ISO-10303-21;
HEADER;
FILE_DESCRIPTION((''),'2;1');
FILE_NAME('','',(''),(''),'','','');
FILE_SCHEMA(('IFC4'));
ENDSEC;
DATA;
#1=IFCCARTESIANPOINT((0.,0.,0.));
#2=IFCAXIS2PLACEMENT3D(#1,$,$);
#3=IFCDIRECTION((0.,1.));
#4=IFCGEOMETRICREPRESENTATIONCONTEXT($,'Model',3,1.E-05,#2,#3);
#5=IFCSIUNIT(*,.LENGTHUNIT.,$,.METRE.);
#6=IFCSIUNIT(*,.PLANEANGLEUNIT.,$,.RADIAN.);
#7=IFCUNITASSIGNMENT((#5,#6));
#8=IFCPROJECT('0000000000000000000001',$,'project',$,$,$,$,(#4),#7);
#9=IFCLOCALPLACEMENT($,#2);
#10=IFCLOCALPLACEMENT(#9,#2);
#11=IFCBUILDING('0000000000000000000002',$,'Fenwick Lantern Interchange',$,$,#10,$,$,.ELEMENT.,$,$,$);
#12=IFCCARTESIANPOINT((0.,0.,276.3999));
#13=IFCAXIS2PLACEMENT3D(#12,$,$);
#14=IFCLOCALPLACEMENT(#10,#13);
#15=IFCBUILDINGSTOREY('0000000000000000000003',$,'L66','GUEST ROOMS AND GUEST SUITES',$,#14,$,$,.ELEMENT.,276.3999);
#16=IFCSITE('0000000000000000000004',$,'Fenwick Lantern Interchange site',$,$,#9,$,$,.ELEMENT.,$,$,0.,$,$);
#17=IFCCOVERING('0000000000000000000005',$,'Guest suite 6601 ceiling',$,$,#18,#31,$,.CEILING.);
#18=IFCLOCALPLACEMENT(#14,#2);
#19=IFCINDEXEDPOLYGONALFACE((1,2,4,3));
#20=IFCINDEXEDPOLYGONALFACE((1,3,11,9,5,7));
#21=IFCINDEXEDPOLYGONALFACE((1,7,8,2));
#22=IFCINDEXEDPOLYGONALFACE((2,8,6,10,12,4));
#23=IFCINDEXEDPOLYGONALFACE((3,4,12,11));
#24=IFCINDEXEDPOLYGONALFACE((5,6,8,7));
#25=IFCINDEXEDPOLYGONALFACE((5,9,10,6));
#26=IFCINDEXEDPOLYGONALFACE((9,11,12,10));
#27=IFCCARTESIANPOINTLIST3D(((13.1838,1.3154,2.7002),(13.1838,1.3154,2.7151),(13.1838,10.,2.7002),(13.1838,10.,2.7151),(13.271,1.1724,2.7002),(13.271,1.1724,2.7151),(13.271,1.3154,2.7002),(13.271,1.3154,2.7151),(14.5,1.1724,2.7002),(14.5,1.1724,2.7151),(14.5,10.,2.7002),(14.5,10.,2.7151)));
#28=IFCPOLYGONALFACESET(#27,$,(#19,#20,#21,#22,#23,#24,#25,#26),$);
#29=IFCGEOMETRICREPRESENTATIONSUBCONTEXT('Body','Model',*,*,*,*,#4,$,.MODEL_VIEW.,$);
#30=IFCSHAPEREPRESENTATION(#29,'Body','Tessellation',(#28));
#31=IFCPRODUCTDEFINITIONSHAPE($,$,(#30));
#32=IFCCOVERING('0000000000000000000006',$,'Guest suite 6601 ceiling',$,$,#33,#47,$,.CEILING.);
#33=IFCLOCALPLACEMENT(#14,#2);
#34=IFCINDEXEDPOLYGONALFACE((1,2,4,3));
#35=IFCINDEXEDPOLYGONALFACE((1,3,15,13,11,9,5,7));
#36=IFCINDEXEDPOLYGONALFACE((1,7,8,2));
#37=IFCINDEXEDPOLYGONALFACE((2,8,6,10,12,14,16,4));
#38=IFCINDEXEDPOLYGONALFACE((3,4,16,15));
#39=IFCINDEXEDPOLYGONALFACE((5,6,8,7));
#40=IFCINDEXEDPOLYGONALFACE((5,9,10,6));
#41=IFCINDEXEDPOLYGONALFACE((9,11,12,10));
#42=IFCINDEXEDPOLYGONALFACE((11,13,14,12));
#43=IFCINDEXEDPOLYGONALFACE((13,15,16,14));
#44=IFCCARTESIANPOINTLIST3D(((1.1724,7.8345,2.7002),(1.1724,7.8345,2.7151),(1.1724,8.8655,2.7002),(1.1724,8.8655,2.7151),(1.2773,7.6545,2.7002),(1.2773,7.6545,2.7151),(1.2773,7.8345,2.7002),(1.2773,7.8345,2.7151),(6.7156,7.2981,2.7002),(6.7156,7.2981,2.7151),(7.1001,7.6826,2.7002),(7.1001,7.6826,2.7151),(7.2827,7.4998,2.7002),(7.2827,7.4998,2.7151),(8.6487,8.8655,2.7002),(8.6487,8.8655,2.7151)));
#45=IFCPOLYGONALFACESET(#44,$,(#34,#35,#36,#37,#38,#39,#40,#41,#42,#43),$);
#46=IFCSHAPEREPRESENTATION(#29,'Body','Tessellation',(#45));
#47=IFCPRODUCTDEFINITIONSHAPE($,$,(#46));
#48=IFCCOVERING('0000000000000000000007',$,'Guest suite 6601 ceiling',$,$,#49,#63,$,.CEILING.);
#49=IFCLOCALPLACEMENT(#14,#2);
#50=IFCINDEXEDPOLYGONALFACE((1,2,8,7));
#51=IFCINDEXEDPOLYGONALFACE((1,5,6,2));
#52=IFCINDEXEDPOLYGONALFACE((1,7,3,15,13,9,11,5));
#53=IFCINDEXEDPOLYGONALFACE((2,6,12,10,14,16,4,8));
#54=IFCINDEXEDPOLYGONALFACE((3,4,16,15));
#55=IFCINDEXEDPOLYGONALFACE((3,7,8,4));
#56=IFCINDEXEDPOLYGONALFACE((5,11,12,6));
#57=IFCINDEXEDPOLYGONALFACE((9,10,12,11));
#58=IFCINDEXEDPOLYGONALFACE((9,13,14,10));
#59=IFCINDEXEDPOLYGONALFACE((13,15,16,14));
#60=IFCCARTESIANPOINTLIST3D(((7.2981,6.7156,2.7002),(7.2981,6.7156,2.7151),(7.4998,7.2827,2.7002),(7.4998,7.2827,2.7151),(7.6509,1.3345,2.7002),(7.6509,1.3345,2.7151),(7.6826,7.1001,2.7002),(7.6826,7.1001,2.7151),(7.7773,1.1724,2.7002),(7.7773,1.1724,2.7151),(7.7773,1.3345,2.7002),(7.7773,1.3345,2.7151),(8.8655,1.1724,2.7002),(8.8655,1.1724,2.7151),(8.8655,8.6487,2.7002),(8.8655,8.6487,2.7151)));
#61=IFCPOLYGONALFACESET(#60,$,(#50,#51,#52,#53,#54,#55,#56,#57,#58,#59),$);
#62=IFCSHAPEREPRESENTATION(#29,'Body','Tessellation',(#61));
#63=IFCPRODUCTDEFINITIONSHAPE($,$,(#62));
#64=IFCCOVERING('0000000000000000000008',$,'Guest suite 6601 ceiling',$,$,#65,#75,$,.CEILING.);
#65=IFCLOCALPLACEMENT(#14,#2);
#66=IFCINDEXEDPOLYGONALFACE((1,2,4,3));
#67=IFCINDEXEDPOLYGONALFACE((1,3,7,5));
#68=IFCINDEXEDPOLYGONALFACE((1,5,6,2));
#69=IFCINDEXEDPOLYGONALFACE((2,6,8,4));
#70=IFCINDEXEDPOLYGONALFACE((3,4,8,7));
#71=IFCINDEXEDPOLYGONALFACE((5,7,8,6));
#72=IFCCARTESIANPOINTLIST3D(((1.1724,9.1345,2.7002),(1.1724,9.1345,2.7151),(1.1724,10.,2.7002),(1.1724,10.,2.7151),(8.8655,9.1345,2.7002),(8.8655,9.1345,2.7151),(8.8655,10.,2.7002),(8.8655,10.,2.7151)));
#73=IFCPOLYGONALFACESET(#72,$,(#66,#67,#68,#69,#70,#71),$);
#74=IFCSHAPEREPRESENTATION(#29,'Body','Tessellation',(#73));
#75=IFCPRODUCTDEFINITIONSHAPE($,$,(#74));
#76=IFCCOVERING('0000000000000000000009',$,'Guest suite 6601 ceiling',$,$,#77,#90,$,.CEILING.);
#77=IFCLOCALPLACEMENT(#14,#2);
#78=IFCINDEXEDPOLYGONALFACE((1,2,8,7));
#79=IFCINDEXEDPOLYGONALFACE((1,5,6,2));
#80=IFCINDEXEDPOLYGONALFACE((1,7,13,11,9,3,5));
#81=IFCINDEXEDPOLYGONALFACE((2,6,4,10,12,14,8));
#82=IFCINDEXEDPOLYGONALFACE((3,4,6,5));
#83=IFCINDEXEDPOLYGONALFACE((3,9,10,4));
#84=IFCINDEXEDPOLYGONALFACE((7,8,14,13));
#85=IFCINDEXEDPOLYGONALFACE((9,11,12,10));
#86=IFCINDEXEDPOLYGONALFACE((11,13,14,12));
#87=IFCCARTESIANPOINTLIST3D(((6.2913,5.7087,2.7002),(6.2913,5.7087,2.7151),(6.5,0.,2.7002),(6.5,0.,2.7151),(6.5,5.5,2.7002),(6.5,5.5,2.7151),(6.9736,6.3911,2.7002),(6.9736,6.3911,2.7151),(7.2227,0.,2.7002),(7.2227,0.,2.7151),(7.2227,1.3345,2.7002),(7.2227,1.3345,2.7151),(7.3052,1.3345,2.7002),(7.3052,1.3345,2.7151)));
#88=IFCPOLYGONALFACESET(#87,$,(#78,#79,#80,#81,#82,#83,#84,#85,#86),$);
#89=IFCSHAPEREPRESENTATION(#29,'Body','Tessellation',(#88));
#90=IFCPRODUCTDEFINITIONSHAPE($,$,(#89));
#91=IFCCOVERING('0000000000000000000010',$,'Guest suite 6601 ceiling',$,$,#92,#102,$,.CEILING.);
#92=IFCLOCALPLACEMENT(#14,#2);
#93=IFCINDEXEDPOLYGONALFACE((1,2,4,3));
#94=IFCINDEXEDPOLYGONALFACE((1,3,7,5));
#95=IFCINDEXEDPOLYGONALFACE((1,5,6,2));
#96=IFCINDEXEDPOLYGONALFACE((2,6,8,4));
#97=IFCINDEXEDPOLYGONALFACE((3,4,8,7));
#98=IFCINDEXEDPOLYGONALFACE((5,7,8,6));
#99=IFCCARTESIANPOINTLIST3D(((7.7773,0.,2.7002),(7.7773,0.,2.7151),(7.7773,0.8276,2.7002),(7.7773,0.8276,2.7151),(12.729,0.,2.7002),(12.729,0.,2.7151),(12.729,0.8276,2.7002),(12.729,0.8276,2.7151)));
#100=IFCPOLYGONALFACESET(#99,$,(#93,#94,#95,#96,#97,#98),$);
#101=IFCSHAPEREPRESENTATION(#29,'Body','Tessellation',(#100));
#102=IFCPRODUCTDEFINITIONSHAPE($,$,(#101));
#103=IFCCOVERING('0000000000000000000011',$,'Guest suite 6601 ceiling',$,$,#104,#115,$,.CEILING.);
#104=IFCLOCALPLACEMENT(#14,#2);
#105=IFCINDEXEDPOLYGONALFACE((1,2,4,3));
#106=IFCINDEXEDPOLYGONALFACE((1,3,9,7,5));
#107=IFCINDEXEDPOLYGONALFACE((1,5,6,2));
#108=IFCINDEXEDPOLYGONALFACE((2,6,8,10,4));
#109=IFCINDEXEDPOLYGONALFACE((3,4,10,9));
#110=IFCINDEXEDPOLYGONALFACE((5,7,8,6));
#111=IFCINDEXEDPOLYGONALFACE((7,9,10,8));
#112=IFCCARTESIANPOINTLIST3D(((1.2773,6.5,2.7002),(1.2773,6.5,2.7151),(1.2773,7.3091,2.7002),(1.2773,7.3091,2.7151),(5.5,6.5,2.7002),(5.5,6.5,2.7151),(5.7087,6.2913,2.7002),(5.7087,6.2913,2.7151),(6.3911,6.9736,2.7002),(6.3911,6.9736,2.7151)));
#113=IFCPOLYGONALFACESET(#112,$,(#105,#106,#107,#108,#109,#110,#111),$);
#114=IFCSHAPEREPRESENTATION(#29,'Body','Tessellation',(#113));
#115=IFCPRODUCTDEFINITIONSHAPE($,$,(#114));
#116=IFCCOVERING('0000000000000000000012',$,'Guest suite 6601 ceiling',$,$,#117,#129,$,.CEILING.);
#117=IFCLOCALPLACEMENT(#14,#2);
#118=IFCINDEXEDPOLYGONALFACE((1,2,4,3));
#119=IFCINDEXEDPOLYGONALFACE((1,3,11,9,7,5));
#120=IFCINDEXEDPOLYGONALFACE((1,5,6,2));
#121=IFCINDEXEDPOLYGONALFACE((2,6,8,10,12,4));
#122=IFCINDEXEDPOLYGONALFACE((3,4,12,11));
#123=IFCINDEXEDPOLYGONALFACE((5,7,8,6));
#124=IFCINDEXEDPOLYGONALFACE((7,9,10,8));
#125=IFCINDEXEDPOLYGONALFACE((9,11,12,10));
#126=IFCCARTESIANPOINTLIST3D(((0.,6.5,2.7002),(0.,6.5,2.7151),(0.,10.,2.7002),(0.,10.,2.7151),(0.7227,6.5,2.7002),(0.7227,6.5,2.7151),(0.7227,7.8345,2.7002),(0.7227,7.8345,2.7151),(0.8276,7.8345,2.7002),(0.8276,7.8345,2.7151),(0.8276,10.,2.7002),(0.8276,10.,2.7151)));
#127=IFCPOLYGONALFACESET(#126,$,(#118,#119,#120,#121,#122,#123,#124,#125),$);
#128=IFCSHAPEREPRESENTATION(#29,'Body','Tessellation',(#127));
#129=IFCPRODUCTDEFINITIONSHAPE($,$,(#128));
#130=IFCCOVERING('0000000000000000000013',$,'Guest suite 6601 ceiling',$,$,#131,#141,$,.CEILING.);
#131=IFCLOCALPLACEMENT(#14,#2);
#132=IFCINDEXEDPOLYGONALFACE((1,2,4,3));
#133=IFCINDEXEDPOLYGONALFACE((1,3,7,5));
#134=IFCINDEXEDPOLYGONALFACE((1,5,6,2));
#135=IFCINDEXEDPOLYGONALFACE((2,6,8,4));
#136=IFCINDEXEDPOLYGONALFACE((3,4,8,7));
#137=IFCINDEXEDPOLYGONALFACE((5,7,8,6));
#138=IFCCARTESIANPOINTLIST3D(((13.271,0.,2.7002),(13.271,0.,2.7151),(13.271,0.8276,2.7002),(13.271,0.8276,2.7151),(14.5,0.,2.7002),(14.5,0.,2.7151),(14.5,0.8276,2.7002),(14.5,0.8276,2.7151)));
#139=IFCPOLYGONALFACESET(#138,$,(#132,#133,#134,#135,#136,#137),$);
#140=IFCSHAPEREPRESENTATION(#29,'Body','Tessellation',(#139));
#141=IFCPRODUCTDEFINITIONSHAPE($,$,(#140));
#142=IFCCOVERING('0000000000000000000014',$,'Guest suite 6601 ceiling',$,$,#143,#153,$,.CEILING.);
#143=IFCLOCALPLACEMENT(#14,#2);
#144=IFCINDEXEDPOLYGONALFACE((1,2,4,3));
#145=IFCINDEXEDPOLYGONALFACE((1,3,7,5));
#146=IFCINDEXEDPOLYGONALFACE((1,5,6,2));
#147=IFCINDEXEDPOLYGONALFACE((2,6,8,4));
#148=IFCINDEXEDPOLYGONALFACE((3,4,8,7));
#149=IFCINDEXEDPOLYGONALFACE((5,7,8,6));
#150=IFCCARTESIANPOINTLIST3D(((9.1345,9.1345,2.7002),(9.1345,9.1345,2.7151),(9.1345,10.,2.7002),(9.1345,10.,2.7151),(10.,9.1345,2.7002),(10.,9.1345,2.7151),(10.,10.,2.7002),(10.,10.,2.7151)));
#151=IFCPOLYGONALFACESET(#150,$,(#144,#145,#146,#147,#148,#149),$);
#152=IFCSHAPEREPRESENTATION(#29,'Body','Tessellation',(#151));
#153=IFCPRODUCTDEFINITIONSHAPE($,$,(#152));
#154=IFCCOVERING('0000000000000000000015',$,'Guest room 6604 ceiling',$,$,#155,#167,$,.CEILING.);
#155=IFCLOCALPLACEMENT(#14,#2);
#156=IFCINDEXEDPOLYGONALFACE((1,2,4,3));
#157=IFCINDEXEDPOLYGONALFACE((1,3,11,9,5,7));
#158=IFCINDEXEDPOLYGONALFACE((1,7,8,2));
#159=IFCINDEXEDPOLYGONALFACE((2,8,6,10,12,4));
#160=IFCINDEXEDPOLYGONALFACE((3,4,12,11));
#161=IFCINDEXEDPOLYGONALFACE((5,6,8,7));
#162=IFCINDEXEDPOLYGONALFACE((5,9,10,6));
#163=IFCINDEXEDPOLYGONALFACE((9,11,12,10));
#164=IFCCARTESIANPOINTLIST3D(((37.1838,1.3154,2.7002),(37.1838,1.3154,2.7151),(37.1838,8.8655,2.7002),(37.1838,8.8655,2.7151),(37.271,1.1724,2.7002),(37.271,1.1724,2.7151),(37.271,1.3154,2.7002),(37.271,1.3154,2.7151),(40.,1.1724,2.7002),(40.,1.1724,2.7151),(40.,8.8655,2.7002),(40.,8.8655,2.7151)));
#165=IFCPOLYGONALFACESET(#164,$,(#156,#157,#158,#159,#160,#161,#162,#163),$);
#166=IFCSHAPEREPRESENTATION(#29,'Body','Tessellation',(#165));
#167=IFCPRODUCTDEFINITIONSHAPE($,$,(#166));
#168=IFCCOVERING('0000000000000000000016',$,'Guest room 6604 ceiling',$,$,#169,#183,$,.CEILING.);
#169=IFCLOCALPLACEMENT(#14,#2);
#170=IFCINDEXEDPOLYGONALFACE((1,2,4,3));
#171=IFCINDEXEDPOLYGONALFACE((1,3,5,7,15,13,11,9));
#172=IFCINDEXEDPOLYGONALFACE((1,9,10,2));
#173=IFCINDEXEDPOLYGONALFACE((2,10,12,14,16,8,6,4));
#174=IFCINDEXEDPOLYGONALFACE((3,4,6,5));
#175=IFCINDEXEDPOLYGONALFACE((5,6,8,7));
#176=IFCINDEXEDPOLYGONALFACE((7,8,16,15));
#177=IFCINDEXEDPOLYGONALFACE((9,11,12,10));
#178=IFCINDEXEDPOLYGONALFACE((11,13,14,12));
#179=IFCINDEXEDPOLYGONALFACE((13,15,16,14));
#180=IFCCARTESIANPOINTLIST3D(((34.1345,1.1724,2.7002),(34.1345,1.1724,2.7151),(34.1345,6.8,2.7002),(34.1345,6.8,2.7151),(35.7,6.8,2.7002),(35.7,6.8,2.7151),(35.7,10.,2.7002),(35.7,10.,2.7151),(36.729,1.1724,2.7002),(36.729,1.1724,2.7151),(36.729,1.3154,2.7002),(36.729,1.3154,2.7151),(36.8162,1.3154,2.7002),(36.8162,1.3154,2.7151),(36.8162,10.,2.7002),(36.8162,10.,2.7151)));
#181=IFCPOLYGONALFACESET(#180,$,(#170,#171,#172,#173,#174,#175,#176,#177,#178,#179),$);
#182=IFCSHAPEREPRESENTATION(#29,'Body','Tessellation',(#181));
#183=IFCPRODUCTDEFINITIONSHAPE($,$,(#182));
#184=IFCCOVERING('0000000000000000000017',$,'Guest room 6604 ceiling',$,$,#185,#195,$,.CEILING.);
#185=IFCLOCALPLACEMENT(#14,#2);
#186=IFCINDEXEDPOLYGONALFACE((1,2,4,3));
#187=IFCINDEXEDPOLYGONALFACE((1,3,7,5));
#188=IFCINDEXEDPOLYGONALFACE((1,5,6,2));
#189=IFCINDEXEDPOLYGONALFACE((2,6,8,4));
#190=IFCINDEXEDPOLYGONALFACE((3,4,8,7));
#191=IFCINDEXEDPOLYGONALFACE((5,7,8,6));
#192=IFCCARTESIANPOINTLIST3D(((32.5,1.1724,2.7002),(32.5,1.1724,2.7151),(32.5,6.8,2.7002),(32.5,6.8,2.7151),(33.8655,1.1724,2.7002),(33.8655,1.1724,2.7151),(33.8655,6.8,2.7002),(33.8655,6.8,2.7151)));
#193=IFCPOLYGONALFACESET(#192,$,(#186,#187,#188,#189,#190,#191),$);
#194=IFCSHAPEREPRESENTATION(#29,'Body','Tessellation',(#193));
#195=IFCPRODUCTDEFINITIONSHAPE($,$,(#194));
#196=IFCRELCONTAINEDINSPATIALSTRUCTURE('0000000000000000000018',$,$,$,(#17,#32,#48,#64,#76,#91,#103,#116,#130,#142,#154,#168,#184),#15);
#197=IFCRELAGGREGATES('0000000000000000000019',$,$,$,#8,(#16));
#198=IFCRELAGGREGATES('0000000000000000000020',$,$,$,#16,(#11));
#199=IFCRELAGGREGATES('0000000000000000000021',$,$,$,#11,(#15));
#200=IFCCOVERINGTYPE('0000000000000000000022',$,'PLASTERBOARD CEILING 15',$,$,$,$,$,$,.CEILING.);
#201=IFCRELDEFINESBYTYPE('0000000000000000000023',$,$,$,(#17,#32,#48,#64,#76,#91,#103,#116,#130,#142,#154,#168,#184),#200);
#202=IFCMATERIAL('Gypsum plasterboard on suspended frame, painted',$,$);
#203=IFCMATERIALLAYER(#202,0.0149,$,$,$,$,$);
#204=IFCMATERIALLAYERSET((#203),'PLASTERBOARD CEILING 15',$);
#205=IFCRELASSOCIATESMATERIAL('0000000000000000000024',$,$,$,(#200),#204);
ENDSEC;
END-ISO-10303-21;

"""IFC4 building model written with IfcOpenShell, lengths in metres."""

from ifc_helpers import new_model, si_unit, direction, frame, origin, place, context, subcontext, project, spatial, polyline, outline, extrude, material, layer, layer_set, type_object, element, save


model = new_model("IFC4")

# Units and contexts
model_context = context("Model", 3, precision=1e-05, world=origin(), true_north=direction((0.0, 1.0)))
body_context = subcontext(model_context, "Body", "Model", "MODEL_VIEW")
ifc_project = project(units=[si_unit("LENGTHUNIT", "METRE"), si_unit("PLANEANGLEUNIT", "RADIAN")], contexts=[model_context])

# Site, building, storey
site_placement = place(None, origin())
site = spatial("IfcSite", under=ifc_project, at=site_placement, Name="Fenwick Lantern Interchange site", CompositionType="ELEMENT", RefElevation=0.0)
building_placement = place(site_placement, origin())
building = spatial("IfcBuilding", under=site, at=building_placement, Name="Fenwick Lantern Interchange", CompositionType="ELEMENT")
storey_placement = place(building_placement, frame((0.0, 0.0, 276.3999)))
storey = spatial("IfcBuildingStorey", under=building, at=storey_placement, Name="L66", Description="GUEST ROOMS AND GUEST SUITES", CompositionType="ELEMENT", Elevation=276.3999)

# Coverings
ifc_material = material(Name="Gypsum plasterboard on suspended frame, painted")
ifc_layer = layer(ifc_material, 0.0149)
ifc_layer_set = layer_set([ifc_layer], Name="PLASTERBOARD CEILING 15")
covering_type = type_object("IfcCoveringType", Name="PLASTERBOARD CEILING 15", PredefinedType="CEILING", material=ifc_layer_set)
covering_1_placement = place(storey_placement, frame((0.0, 0.0, 2.7002)))
element("IfcCovering", 1, at=covering_1_placement, inside=storey, type_object=covering_type, Name="Guest suite 6601 ceiling", PredefinedType="CEILING", context=body_context, shape_type="SweptSolid", body=[
    extrude(outline(polyline([(14.5, 10.0), (13.1838, 10.0), (13.1838, 1.3154), (13.271, 1.3154), (13.271, 1.1724), (14.5, 1.1724), (14.5, 10.0)])), origin(), (0.0, 0.0, 1.0), 0.0149),
])
covering_2_placement = place(storey_placement, frame((0.0, 0.0, 2.7002)))
element("IfcCovering", 2, at=covering_2_placement, inside=storey, type_object=covering_type, Name="Guest suite 6601 ceiling", PredefinedType="CEILING", context=body_context, shape_type="SweptSolid", body=[
    extrude(outline(polyline([(7.1001, 7.6826), (7.2827, 7.4998), (8.6487, 8.8655), (1.1724, 8.8655), (1.1724, 7.8345), (1.2773, 7.8345), (1.2773, 7.6545), (6.7156, 7.2981), (7.1001, 7.6826)])), origin(), (0.0, 0.0, 1.0), 0.0149),
])
covering_3_placement = place(storey_placement, frame((0.0, 0.0, 2.7002)))
element("IfcCovering", 3, at=covering_3_placement, inside=storey, type_object=covering_type, Name="Guest suite 6601 ceiling", PredefinedType="CEILING", context=body_context, shape_type="SweptSolid", body=[
    extrude(outline(polyline([(7.7773, 1.3345), (7.7773, 1.1724), (8.8655, 1.1724), (8.8655, 8.6487), (7.4998, 7.2827), (7.6826, 7.1001), (7.2981, 6.7156), (7.6509, 1.3345), (7.7773, 1.3345)])), origin(), (0.0, 0.0, 1.0), 0.0149),
])
covering_4_placement = place(storey_placement, frame((0.0, 0.0, 2.7002)))
element("IfcCovering", 4, at=covering_4_placement, inside=storey, type_object=covering_type, Name="Guest suite 6601 ceiling", PredefinedType="CEILING", context=body_context, shape_type="SweptSolid", body=[
    extrude(outline(polyline([(8.8655, 10.0), (1.1724, 10.0), (1.1724, 9.1345), (8.8655, 9.1345), (8.8655, 10.0)])), origin(), (0.0, 0.0, 1.0), 0.0149),
])
covering_5_placement = place(storey_placement, frame((0.0, 0.0, 2.7002)))
element("IfcCovering", 5, at=covering_5_placement, inside=storey, type_object=covering_type, Name="Guest suite 6601 ceiling", PredefinedType="CEILING", context=body_context, shape_type="SweptSolid", body=[
    extrude(outline(polyline([(7.2227, 1.3345), (7.3052, 1.3345), (6.9736, 6.3911), (6.2913, 5.7087), (6.5, 5.5), (6.5, 0.0), (7.2227, 0.0), (7.2227, 1.3345)])), origin(), (0.0, 0.0, 1.0), 0.0149),
])
covering_6_placement = place(storey_placement, frame((0.0, 0.0, 2.7002)))
element("IfcCovering", 6, at=covering_6_placement, inside=storey, type_object=covering_type, Name="Guest suite 6601 ceiling", PredefinedType="CEILING", context=body_context, shape_type="SweptSolid", body=[
    extrude(outline(polyline([(12.729, 0.0), (12.729, 0.8276), (7.7773, 0.8276), (7.7773, 0.0), (12.729, 0.0)])), origin(), (0.0, 0.0, 1.0), 0.0149),
])
covering_7_placement = place(storey_placement, frame((0.0, 0.0, 2.7002)))
element("IfcCovering", 7, at=covering_7_placement, inside=storey, type_object=covering_type, Name="Guest suite 6601 ceiling", PredefinedType="CEILING", context=body_context, shape_type="SweptSolid", body=[
    extrude(outline(polyline([(5.7087, 6.2913), (6.3911, 6.9736), (1.2773, 7.3091), (1.2773, 6.5), (5.5, 6.5), (5.7087, 6.2913)])), origin(), (0.0, 0.0, 1.0), 0.0149),
])
covering_8_placement = place(storey_placement, frame((0.0, 0.0, 2.7002)))
element("IfcCovering", 8, at=covering_8_placement, inside=storey, type_object=covering_type, Name="Guest suite 6601 ceiling", PredefinedType="CEILING", context=body_context, shape_type="SweptSolid", body=[
    extrude(outline(polyline([(0.7227, 7.8345), (0.8276, 7.8345), (0.8276, 10.0), (0.0, 10.0), (0.0, 6.5), (0.7227, 6.5), (0.7227, 7.8345)])), origin(), (0.0, 0.0, 1.0), 0.0149),
])
covering_9_placement = place(storey_placement, frame((0.0, 0.0, 2.7002)))
element("IfcCovering", 9, at=covering_9_placement, inside=storey, type_object=covering_type, Name="Guest suite 6601 ceiling", PredefinedType="CEILING", context=body_context, shape_type="SweptSolid", body=[
    extrude(outline(polyline([(14.5, 0.0), (14.5, 0.8276), (13.271, 0.8276), (13.271, 0.0), (14.5, 0.0)])), origin(), (0.0, 0.0, 1.0), 0.0149),
])
covering_10_placement = place(storey_placement, frame((0.0, 0.0, 2.7002)))
element("IfcCovering", 10, at=covering_10_placement, inside=storey, type_object=covering_type, Name="Guest suite 6601 ceiling", PredefinedType="CEILING", context=body_context, shape_type="SweptSolid", body=[
    extrude(outline(polyline([(10.0, 9.1345), (10.0, 10.0), (9.1345, 10.0), (9.1345, 9.1345), (10.0, 9.1345)])), origin(), (0.0, 0.0, 1.0), 0.0149),
])
covering_11_placement = place(storey_placement, frame((0.0, 0.0, 2.7002)))
element("IfcCovering", 11, at=covering_11_placement, inside=storey, type_object=covering_type, Name="Guest room 6604 ceiling", PredefinedType="CEILING", context=body_context, shape_type="SweptSolid", body=[
    extrude(outline(polyline([(37.271, 1.3154), (37.271, 1.1724), (40.0, 1.1724), (40.0, 8.8655), (37.1838, 8.8655), (37.1838, 1.3154), (37.271, 1.3154)])), origin(), (0.0, 0.0, 1.0), 0.0149),
])
covering_12_placement = place(storey_placement, frame((0.0, 0.0, 2.7002)))
element("IfcCovering", 12, at=covering_12_placement, inside=storey, type_object=covering_type, Name="Guest room 6604 ceiling", PredefinedType="CEILING", context=body_context, shape_type="SweptSolid", body=[
    extrude(outline(polyline([(36.729, 1.3154), (36.8162, 1.3154), (36.8162, 10.0), (35.7, 10.0), (35.7, 6.8), (34.1345, 6.8), (34.1345, 1.1724), (36.729, 1.1724), (36.729, 1.3154)])), origin(), (0.0, 0.0, 1.0), 0.0149),
])
covering_13_placement = place(storey_placement, frame((0.0, 0.0, 2.7002)))
element("IfcCovering", 13, at=covering_13_placement, inside=storey, type_object=covering_type, Name="Guest room 6604 ceiling", PredefinedType="CEILING", context=body_context, shape_type="SweptSolid", body=[
    extrude(outline(polyline([(32.5, 6.8), (32.5, 1.1724), (33.8655, 1.1724), (33.8655, 6.8), (32.5, 6.8)])), origin(), (0.0, 0.0, 1.0), 0.0149),
])

save(model, "model.ifc")
